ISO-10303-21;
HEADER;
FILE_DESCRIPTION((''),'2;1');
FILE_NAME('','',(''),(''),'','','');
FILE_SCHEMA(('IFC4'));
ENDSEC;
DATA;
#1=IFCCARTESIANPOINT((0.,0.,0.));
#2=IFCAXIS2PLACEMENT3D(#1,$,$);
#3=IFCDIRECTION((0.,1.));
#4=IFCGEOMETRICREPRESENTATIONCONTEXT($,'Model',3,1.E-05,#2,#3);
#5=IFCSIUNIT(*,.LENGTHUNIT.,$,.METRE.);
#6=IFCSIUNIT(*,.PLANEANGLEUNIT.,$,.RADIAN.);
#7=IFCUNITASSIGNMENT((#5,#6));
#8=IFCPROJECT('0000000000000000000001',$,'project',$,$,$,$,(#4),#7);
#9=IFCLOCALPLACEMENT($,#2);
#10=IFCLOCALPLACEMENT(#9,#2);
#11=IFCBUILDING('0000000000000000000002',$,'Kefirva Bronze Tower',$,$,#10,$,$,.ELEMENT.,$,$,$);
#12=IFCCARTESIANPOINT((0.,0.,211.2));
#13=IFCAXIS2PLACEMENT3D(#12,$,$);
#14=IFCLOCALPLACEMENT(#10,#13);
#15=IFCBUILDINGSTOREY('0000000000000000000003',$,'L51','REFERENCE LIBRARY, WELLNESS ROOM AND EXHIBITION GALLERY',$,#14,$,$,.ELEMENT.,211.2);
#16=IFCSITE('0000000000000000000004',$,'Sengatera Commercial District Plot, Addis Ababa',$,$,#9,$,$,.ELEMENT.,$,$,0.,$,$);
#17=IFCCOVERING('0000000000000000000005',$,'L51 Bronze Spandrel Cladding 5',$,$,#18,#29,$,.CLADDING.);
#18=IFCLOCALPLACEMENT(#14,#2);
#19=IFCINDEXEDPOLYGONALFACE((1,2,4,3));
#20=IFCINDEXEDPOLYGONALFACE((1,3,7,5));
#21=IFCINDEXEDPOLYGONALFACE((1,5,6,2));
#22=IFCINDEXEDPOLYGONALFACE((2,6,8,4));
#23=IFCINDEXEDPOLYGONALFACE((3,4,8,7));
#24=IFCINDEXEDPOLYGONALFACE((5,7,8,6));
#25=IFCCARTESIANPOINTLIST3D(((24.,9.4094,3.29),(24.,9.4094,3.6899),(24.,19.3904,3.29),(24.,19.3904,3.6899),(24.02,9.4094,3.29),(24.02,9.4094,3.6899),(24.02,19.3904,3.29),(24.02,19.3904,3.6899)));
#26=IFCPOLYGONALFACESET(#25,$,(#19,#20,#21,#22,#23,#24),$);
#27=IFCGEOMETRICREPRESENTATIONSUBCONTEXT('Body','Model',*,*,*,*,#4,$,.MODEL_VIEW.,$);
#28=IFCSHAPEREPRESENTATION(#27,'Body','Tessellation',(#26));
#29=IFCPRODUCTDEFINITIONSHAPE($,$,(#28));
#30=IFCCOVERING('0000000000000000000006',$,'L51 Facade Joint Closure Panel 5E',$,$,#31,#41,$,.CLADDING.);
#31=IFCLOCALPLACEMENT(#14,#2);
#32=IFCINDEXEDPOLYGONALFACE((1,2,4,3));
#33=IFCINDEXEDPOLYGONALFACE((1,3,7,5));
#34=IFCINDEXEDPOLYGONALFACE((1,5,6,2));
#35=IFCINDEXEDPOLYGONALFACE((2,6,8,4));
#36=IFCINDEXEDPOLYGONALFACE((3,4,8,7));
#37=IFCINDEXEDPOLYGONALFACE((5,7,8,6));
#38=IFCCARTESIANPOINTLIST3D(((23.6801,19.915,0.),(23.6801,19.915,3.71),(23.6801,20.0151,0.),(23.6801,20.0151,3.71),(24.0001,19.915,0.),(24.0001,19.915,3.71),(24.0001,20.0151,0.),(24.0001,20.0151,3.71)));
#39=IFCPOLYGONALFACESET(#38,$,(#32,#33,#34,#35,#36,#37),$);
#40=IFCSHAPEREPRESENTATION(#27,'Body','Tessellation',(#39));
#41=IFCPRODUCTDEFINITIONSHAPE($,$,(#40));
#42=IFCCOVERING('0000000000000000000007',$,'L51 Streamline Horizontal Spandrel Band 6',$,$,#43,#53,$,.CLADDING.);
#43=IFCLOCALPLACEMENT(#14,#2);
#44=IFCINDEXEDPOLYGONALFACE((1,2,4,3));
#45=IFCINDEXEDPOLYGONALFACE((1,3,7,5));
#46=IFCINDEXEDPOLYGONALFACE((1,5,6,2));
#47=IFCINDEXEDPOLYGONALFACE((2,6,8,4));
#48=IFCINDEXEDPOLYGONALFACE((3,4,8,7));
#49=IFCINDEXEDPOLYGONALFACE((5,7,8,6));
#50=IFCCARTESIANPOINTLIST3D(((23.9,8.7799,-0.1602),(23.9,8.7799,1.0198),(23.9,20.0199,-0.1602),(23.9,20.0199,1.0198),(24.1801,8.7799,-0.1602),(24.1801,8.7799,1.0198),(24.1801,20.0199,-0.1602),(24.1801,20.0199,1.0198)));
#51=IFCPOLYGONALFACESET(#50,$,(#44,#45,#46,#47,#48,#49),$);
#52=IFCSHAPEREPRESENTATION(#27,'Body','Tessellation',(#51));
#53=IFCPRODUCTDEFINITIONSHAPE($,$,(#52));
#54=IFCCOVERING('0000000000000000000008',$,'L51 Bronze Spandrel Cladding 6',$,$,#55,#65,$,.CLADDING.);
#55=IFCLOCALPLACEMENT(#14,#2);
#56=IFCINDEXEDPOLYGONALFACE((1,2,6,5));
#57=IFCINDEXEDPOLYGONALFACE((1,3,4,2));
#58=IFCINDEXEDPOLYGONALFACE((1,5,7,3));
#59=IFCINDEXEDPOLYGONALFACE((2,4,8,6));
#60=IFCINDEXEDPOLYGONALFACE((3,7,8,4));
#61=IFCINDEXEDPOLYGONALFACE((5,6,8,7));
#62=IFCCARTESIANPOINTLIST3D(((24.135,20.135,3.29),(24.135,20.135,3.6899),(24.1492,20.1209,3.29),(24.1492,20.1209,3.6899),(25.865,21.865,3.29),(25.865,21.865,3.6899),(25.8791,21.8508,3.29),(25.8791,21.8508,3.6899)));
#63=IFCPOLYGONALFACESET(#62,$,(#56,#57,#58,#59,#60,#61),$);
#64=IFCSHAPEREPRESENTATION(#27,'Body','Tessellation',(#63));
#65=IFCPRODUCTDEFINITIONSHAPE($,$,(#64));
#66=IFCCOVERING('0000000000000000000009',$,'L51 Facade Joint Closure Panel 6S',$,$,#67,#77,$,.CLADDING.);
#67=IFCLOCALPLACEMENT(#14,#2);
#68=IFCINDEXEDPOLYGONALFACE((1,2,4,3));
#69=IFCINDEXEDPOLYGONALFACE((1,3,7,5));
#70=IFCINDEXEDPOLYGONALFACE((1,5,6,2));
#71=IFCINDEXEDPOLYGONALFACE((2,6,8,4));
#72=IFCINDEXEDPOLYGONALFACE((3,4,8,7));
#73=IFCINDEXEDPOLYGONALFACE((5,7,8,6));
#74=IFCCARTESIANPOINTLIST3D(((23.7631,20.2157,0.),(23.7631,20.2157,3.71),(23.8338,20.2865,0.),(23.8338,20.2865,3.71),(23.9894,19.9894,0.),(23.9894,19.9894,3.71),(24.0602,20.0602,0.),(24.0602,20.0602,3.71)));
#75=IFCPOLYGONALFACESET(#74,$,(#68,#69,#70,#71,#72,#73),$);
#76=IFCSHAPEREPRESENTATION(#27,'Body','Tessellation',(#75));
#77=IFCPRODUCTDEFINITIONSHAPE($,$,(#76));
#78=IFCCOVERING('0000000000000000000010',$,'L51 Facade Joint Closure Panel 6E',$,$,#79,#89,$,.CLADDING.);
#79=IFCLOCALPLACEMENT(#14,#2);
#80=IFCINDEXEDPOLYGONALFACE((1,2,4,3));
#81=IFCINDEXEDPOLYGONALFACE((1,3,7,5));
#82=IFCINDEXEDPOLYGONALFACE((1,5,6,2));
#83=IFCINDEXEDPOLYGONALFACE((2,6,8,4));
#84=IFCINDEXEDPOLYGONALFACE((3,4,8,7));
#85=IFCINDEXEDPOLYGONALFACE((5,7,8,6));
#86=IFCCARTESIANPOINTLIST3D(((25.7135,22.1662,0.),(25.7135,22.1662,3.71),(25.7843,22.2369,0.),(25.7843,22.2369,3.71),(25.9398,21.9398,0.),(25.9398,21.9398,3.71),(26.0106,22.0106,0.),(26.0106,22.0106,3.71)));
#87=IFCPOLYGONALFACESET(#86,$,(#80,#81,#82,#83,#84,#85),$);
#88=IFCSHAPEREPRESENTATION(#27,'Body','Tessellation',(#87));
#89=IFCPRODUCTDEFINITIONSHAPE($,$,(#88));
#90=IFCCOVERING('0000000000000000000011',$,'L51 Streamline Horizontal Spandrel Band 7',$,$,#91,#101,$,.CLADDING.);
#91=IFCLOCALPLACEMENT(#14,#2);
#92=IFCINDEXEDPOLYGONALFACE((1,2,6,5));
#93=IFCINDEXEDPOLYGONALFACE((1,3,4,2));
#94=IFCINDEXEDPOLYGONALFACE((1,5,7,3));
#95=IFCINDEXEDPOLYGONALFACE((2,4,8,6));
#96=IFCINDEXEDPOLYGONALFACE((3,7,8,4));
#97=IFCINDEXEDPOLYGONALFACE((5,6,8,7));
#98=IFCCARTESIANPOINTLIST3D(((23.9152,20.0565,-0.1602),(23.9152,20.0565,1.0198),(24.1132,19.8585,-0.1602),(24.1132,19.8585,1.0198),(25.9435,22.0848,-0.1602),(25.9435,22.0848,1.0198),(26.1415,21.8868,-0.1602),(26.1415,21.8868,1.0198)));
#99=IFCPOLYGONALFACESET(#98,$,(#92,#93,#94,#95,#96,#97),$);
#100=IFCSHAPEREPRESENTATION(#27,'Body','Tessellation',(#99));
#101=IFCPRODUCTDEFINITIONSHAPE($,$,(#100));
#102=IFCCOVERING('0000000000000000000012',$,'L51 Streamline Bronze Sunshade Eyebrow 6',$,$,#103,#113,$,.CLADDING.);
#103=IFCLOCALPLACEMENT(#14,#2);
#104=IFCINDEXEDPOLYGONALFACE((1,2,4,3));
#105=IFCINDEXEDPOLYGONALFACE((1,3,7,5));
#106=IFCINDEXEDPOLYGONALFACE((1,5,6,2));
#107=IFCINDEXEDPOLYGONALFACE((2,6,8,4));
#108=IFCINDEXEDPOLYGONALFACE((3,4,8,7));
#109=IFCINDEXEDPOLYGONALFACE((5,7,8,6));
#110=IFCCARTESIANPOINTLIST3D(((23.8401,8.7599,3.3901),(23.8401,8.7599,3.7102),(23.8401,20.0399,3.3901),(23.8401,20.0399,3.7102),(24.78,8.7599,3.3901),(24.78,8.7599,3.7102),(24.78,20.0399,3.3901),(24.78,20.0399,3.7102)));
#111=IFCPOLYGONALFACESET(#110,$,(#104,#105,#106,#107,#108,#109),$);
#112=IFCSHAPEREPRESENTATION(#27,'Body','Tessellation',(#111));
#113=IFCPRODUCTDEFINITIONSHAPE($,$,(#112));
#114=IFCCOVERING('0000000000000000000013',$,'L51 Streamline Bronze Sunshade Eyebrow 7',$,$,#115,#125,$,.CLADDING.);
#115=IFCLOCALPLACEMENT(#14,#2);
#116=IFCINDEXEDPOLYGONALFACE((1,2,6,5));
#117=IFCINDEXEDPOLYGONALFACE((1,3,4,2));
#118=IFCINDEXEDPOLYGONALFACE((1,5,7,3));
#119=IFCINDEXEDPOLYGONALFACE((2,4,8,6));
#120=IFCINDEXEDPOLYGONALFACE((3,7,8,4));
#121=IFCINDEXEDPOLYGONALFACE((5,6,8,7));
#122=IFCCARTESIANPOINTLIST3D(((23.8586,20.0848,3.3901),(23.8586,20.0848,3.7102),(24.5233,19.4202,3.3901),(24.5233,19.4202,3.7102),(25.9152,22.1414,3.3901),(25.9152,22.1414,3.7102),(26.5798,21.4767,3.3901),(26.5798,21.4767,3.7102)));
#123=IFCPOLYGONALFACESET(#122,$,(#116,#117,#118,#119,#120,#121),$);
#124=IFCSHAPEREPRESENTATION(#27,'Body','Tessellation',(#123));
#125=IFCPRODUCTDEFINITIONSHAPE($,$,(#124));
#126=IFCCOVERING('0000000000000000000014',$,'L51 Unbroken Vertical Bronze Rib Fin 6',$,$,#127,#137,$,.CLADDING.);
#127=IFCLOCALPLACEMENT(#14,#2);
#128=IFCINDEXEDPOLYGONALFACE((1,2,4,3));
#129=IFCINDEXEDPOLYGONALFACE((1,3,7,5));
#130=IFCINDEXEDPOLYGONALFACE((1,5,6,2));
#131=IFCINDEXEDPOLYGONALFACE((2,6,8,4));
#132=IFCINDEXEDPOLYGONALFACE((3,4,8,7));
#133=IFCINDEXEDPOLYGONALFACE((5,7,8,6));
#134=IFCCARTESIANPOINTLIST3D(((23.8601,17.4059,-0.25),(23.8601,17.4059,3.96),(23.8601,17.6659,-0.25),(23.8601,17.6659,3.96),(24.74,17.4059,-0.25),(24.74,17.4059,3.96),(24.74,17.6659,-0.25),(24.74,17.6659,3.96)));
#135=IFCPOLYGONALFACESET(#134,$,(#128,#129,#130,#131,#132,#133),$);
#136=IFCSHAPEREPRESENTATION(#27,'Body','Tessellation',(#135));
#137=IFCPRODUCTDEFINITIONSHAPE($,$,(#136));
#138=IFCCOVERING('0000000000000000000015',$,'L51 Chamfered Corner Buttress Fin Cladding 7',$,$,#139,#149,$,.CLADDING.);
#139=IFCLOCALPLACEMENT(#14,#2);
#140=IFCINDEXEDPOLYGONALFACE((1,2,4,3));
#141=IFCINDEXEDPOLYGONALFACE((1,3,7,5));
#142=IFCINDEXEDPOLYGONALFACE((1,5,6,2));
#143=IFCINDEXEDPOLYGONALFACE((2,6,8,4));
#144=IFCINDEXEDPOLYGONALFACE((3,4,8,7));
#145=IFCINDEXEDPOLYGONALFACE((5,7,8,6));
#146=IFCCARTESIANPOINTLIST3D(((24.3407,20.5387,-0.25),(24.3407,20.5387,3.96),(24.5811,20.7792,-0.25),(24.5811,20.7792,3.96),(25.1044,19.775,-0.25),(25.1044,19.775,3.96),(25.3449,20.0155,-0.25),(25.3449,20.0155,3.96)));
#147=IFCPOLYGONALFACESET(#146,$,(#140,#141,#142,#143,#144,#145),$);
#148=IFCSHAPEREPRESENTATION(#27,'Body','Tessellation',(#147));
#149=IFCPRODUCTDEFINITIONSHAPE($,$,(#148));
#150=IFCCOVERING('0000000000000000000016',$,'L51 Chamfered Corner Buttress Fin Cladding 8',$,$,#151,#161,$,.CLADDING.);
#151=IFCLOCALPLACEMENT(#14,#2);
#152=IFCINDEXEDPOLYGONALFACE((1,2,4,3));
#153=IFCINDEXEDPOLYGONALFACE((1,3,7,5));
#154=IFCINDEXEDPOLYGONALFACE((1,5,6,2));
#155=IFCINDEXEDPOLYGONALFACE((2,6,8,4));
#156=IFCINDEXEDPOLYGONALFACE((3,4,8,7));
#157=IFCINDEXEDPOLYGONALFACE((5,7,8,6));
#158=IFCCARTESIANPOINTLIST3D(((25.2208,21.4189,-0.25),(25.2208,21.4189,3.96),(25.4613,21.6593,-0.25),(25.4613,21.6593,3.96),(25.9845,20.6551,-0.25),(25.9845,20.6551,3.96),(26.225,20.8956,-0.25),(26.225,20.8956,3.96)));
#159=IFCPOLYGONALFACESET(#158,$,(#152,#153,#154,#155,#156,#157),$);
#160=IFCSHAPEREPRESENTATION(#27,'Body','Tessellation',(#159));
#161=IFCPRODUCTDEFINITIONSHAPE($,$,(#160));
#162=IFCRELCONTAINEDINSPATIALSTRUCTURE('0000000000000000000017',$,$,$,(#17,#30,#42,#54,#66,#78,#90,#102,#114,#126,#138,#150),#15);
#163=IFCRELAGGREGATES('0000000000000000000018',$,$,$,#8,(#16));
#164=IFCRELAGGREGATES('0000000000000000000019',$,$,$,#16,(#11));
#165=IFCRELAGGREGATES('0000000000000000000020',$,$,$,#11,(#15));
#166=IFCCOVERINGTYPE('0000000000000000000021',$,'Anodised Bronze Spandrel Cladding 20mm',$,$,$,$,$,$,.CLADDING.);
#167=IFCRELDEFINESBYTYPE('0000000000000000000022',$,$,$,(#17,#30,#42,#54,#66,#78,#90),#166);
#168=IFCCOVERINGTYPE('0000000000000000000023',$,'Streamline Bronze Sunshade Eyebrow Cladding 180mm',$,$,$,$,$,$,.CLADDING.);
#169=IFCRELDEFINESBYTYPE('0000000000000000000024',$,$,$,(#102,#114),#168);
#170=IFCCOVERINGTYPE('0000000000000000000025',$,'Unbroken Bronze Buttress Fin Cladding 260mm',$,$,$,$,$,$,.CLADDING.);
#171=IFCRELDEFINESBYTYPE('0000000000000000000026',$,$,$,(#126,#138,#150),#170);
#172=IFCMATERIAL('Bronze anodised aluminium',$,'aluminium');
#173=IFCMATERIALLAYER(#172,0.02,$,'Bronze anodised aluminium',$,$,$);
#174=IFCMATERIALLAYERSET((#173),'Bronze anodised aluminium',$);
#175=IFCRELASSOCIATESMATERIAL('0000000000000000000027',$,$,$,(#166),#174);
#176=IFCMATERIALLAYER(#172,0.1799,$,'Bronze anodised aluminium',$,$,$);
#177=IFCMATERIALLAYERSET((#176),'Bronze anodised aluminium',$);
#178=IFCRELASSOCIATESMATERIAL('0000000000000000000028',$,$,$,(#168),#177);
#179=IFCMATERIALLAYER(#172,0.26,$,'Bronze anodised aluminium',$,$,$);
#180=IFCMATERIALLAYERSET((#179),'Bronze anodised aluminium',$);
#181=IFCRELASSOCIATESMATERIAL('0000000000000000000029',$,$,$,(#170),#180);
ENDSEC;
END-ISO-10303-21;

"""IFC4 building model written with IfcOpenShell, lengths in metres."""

from ifc_helpers import new_model, si_unit, direction, frame, origin, origin_2d, place, context, subcontext, project, spatial, rectangle, extrude, material, layer, layer_set, type_object, element, save


model = new_model("IFC4")

# Units and contexts
model_context = context("Model", 3, precision=1e-05, world=origin(), true_north=direction((0.0, 1.0)))
body_context = subcontext(model_context, "Body", "Model", "MODEL_VIEW")
ifc_project = project(units=[si_unit("LENGTHUNIT", "METRE"), si_unit("PLANEANGLEUNIT", "RADIAN")], contexts=[model_context])

# Site, building, storey
site_placement = place(None, origin())
site = spatial("IfcSite", under=ifc_project, at=site_placement, Name="Sengatera Commercial District Plot, Addis Ababa", CompositionType="ELEMENT", RefElevation=0.0)
building_placement = place(site_placement, origin())
building = spatial("IfcBuilding", under=site, at=building_placement, Name="Kefirva Bronze Tower", CompositionType="ELEMENT")
storey_placement = place(building_placement, frame((0.0, 0.0, 211.2)))
storey = spatial("IfcBuildingStorey", under=building, at=storey_placement, Name="L51", Description="REFERENCE LIBRARY, WELLNESS ROOM AND EXHIBITION GALLERY", CompositionType="ELEMENT", Elevation=211.2)

# Shared definitions
ifc_material_1 = material(Name="Bronze anodised aluminium", Category="aluminium")

# Coverings
ifc_layer_1 = layer(ifc_material_1, 0.02, Name="Bronze anodised aluminium")
ifc_layer_set_1 = layer_set([ifc_layer_1], Name="Bronze anodised aluminium")
covering_type_1 = type_object("IfcCoveringType", Name="Anodised Bronze Spandrel Cladding 20mm", PredefinedType="CLADDING", material=ifc_layer_set_1)
covering_1_placement = place(storey_placement, frame((24.01, 14.3999, 3.29), z_axis=(0.0, 0.0, 1.0), x_axis=(0.0, 1.0, 0.0)))
element("IfcCovering", 1, at=covering_1_placement, inside=storey, type_object=covering_type_1, Name="L51 Bronze Spandrel Cladding 5", PredefinedType="CLADDING", context=body_context, shape_type="SweptSolid", body=[
    extrude(rectangle(XDim=9.981, YDim=0.02, at=origin_2d()), origin(), (0.0, 0.0, 1.0), 0.3999),
])
covering_2_placement = place(storey_placement, frame((23.8401, 19.9651, 0.0), z_axis=(0.0, 0.0, 1.0), x_axis=(0.0, 1.0, 0.0)))
element("IfcCovering", 2, at=covering_2_placement, inside=storey, type_object=covering_type_1, Name="L51 Facade Joint Closure Panel 5E", PredefinedType="CLADDING", context=body_context, shape_type="SweptSolid", body=[
    extrude(rectangle(XDim=0.1001, YDim=0.3201, at=origin_2d()), origin(), (0.0, 0.0, 1.0), 3.71),
])
covering_3_placement = place(storey_placement, frame((24.04, 14.3999, -0.1602), z_axis=(0.0, 0.0, 1.0), x_axis=(0.0, 1.0, 0.0)))
element("IfcCovering", 3, at=covering_3_placement, inside=storey, type_object=covering_type_1, Name="L51 Streamline Horizontal Spandrel Band 6", PredefinedType="CLADDING", context=body_context, shape_type="SweptSolid", body=[
    extrude(rectangle(XDim=11.24, YDim=0.28, at=origin_2d()), origin(), (0.0, 0.0, 1.0), 1.1799),
])
covering_4_placement = place(storey_placement, frame((25.0071, 20.9929, 3.29), z_axis=(0.0, 0.0, 1.0), x_axis=(0.707107, 0.707107, 0.0)))
element("IfcCovering", 4, at=covering_4_placement, inside=storey, type_object=covering_type_1, Name="L51 Bronze Spandrel Cladding 6", PredefinedType="CLADDING", context=body_context, shape_type="SweptSolid", body=[
    extrude(rectangle(XDim=2.4465, YDim=0.02, at=origin_2d()), origin(), (0.0, 0.0, 1.0), 0.3999),
])
for number, where, z_axis, x_axis, name in (
    (5, (23.9116, 20.1379, 0.0), (0.0, 0.0, 1.0), (0.707107, 0.707107, 0.0), "L51 Facade Joint Closure Panel 6S"),
    (6, (25.8621, 22.0884, 0.0), (0.0, 0.0, 1.0), (0.707107, 0.707107, 0.0), "L51 Facade Joint Closure Panel 6E"),
):
    element("IfcCovering", number, at=place(storey_placement, frame(where, z_axis=z_axis, x_axis=x_axis)), inside=storey, type_object=covering_type_1, Name=name, PredefinedType="CLADDING", context=body_context, shape_type="SweptSolid", body=[
        extrude(rectangle(XDim=0.1001, YDim=0.3201, at=origin_2d()), origin(), (0.0, 0.0, 1.0), 3.71),
    ])
covering_5_placement = place(storey_placement, frame((25.0283, 20.9717, -0.1602), z_axis=(0.0, 0.0, 1.0), x_axis=(0.707107, 0.707107, 0.0)))
element("IfcCovering", 7, at=covering_5_placement, inside=storey, type_object=covering_type_1, Name="L51 Streamline Horizontal Spandrel Band 7", PredefinedType="CLADDING", context=body_context, shape_type="SweptSolid", body=[
    extrude(rectangle(XDim=2.8684, YDim=0.28, at=origin_2d()), origin(), (0.0, 0.0, 1.0), 1.1799),
])
ifc_layer_2 = layer(ifc_material_1, 0.1799, Name="Bronze anodised aluminium")
ifc_layer_set_2 = layer_set([ifc_layer_2], Name="Bronze anodised aluminium")
covering_type_2 = type_object("IfcCoveringType", Name="Streamline Bronze Sunshade Eyebrow Cladding 180mm", PredefinedType="CLADDING", material=ifc_layer_set_2)
covering_6_placement = place(storey_placement, frame((24.3101, 14.3999, 3.3901), z_axis=(0.0, 0.0, 1.0), x_axis=(0.0, 1.0, 0.0)))
element("IfcCovering", 8, at=covering_6_placement, inside=storey, type_object=covering_type_2, Name="L51 Streamline Bronze Sunshade Eyebrow 6", PredefinedType="CLADDING", context=body_context, shape_type="SweptSolid", body=[
    extrude(rectangle(XDim=11.28, YDim=0.9399, at=origin_2d()), origin(), (0.0, 0.0, 1.0), 0.3201),
])
covering_7_placement = place(storey_placement, frame((25.2192, 20.7808, 3.3901), z_axis=(0.0, 0.0, 1.0), x_axis=(0.707107, 0.707107, 0.0)))
element("IfcCovering", 9, at=covering_7_placement, inside=storey, type_object=covering_type_2, Name="L51 Streamline Bronze Sunshade Eyebrow 7", PredefinedType="CLADDING", context=body_context, shape_type="SweptSolid", body=[
    extrude(rectangle(XDim=2.9084, YDim=0.9399, at=origin_2d()), origin(), (0.0, 0.0, 1.0), 0.3201),
])
ifc_layer_3 = layer(ifc_material_1, 0.26, Name="Bronze anodised aluminium")
ifc_layer_set_3 = layer_set([ifc_layer_3], Name="Bronze anodised aluminium")
covering_type_3 = type_object("IfcCoveringType", Name="Unbroken Bronze Buttress Fin Cladding 260mm", PredefinedType="CLADDING", material=ifc_layer_set_3)
covering_8_placement = place(storey_placement, frame((24.3, 17.5359, -0.25), z_axis=(0.0, 0.0, 1.0), x_axis=(0.0, 1.0, 0.0)))
element("IfcCovering", 10, at=covering_8_placement, inside=storey, type_object=covering_type_3, Name="L51 Unbroken Vertical Bronze Rib Fin 6", PredefinedType="CLADDING", context=body_context, shape_type="SweptSolid", body=[
    extrude(rectangle(XDim=0.26, YDim=0.8799, at=origin_2d()), origin(), (0.0, 0.0, 1.0), 4.21),
])
for number, where, z_axis, x_axis, name in (
    (11, (24.8428, 20.2771, -0.25), (0.0, 0.0, 1.0), (0.707107, 0.707107, 0.0), "L51 Chamfered Corner Buttress Fin Cladding 7"),
    (12, (25.7229, 21.1572, -0.25), (0.0, 0.0, 1.0), (0.707107, 0.707107, 0.0), "L51 Chamfered Corner Buttress Fin Cladding 8"),
):
    element("IfcCovering", number, at=place(storey_placement, frame(where, z_axis=z_axis, x_axis=x_axis)), inside=storey, type_object=covering_type_3, Name=name, PredefinedType="CLADDING", context=body_context, shape_type="SweptSolid", body=[
        extrude(rectangle(XDim=0.3401, YDim=1.0801, at=origin_2d()), origin(), (0.0, 0.0, 1.0), 4.21),
    ])

save(model, "model.ifc")
